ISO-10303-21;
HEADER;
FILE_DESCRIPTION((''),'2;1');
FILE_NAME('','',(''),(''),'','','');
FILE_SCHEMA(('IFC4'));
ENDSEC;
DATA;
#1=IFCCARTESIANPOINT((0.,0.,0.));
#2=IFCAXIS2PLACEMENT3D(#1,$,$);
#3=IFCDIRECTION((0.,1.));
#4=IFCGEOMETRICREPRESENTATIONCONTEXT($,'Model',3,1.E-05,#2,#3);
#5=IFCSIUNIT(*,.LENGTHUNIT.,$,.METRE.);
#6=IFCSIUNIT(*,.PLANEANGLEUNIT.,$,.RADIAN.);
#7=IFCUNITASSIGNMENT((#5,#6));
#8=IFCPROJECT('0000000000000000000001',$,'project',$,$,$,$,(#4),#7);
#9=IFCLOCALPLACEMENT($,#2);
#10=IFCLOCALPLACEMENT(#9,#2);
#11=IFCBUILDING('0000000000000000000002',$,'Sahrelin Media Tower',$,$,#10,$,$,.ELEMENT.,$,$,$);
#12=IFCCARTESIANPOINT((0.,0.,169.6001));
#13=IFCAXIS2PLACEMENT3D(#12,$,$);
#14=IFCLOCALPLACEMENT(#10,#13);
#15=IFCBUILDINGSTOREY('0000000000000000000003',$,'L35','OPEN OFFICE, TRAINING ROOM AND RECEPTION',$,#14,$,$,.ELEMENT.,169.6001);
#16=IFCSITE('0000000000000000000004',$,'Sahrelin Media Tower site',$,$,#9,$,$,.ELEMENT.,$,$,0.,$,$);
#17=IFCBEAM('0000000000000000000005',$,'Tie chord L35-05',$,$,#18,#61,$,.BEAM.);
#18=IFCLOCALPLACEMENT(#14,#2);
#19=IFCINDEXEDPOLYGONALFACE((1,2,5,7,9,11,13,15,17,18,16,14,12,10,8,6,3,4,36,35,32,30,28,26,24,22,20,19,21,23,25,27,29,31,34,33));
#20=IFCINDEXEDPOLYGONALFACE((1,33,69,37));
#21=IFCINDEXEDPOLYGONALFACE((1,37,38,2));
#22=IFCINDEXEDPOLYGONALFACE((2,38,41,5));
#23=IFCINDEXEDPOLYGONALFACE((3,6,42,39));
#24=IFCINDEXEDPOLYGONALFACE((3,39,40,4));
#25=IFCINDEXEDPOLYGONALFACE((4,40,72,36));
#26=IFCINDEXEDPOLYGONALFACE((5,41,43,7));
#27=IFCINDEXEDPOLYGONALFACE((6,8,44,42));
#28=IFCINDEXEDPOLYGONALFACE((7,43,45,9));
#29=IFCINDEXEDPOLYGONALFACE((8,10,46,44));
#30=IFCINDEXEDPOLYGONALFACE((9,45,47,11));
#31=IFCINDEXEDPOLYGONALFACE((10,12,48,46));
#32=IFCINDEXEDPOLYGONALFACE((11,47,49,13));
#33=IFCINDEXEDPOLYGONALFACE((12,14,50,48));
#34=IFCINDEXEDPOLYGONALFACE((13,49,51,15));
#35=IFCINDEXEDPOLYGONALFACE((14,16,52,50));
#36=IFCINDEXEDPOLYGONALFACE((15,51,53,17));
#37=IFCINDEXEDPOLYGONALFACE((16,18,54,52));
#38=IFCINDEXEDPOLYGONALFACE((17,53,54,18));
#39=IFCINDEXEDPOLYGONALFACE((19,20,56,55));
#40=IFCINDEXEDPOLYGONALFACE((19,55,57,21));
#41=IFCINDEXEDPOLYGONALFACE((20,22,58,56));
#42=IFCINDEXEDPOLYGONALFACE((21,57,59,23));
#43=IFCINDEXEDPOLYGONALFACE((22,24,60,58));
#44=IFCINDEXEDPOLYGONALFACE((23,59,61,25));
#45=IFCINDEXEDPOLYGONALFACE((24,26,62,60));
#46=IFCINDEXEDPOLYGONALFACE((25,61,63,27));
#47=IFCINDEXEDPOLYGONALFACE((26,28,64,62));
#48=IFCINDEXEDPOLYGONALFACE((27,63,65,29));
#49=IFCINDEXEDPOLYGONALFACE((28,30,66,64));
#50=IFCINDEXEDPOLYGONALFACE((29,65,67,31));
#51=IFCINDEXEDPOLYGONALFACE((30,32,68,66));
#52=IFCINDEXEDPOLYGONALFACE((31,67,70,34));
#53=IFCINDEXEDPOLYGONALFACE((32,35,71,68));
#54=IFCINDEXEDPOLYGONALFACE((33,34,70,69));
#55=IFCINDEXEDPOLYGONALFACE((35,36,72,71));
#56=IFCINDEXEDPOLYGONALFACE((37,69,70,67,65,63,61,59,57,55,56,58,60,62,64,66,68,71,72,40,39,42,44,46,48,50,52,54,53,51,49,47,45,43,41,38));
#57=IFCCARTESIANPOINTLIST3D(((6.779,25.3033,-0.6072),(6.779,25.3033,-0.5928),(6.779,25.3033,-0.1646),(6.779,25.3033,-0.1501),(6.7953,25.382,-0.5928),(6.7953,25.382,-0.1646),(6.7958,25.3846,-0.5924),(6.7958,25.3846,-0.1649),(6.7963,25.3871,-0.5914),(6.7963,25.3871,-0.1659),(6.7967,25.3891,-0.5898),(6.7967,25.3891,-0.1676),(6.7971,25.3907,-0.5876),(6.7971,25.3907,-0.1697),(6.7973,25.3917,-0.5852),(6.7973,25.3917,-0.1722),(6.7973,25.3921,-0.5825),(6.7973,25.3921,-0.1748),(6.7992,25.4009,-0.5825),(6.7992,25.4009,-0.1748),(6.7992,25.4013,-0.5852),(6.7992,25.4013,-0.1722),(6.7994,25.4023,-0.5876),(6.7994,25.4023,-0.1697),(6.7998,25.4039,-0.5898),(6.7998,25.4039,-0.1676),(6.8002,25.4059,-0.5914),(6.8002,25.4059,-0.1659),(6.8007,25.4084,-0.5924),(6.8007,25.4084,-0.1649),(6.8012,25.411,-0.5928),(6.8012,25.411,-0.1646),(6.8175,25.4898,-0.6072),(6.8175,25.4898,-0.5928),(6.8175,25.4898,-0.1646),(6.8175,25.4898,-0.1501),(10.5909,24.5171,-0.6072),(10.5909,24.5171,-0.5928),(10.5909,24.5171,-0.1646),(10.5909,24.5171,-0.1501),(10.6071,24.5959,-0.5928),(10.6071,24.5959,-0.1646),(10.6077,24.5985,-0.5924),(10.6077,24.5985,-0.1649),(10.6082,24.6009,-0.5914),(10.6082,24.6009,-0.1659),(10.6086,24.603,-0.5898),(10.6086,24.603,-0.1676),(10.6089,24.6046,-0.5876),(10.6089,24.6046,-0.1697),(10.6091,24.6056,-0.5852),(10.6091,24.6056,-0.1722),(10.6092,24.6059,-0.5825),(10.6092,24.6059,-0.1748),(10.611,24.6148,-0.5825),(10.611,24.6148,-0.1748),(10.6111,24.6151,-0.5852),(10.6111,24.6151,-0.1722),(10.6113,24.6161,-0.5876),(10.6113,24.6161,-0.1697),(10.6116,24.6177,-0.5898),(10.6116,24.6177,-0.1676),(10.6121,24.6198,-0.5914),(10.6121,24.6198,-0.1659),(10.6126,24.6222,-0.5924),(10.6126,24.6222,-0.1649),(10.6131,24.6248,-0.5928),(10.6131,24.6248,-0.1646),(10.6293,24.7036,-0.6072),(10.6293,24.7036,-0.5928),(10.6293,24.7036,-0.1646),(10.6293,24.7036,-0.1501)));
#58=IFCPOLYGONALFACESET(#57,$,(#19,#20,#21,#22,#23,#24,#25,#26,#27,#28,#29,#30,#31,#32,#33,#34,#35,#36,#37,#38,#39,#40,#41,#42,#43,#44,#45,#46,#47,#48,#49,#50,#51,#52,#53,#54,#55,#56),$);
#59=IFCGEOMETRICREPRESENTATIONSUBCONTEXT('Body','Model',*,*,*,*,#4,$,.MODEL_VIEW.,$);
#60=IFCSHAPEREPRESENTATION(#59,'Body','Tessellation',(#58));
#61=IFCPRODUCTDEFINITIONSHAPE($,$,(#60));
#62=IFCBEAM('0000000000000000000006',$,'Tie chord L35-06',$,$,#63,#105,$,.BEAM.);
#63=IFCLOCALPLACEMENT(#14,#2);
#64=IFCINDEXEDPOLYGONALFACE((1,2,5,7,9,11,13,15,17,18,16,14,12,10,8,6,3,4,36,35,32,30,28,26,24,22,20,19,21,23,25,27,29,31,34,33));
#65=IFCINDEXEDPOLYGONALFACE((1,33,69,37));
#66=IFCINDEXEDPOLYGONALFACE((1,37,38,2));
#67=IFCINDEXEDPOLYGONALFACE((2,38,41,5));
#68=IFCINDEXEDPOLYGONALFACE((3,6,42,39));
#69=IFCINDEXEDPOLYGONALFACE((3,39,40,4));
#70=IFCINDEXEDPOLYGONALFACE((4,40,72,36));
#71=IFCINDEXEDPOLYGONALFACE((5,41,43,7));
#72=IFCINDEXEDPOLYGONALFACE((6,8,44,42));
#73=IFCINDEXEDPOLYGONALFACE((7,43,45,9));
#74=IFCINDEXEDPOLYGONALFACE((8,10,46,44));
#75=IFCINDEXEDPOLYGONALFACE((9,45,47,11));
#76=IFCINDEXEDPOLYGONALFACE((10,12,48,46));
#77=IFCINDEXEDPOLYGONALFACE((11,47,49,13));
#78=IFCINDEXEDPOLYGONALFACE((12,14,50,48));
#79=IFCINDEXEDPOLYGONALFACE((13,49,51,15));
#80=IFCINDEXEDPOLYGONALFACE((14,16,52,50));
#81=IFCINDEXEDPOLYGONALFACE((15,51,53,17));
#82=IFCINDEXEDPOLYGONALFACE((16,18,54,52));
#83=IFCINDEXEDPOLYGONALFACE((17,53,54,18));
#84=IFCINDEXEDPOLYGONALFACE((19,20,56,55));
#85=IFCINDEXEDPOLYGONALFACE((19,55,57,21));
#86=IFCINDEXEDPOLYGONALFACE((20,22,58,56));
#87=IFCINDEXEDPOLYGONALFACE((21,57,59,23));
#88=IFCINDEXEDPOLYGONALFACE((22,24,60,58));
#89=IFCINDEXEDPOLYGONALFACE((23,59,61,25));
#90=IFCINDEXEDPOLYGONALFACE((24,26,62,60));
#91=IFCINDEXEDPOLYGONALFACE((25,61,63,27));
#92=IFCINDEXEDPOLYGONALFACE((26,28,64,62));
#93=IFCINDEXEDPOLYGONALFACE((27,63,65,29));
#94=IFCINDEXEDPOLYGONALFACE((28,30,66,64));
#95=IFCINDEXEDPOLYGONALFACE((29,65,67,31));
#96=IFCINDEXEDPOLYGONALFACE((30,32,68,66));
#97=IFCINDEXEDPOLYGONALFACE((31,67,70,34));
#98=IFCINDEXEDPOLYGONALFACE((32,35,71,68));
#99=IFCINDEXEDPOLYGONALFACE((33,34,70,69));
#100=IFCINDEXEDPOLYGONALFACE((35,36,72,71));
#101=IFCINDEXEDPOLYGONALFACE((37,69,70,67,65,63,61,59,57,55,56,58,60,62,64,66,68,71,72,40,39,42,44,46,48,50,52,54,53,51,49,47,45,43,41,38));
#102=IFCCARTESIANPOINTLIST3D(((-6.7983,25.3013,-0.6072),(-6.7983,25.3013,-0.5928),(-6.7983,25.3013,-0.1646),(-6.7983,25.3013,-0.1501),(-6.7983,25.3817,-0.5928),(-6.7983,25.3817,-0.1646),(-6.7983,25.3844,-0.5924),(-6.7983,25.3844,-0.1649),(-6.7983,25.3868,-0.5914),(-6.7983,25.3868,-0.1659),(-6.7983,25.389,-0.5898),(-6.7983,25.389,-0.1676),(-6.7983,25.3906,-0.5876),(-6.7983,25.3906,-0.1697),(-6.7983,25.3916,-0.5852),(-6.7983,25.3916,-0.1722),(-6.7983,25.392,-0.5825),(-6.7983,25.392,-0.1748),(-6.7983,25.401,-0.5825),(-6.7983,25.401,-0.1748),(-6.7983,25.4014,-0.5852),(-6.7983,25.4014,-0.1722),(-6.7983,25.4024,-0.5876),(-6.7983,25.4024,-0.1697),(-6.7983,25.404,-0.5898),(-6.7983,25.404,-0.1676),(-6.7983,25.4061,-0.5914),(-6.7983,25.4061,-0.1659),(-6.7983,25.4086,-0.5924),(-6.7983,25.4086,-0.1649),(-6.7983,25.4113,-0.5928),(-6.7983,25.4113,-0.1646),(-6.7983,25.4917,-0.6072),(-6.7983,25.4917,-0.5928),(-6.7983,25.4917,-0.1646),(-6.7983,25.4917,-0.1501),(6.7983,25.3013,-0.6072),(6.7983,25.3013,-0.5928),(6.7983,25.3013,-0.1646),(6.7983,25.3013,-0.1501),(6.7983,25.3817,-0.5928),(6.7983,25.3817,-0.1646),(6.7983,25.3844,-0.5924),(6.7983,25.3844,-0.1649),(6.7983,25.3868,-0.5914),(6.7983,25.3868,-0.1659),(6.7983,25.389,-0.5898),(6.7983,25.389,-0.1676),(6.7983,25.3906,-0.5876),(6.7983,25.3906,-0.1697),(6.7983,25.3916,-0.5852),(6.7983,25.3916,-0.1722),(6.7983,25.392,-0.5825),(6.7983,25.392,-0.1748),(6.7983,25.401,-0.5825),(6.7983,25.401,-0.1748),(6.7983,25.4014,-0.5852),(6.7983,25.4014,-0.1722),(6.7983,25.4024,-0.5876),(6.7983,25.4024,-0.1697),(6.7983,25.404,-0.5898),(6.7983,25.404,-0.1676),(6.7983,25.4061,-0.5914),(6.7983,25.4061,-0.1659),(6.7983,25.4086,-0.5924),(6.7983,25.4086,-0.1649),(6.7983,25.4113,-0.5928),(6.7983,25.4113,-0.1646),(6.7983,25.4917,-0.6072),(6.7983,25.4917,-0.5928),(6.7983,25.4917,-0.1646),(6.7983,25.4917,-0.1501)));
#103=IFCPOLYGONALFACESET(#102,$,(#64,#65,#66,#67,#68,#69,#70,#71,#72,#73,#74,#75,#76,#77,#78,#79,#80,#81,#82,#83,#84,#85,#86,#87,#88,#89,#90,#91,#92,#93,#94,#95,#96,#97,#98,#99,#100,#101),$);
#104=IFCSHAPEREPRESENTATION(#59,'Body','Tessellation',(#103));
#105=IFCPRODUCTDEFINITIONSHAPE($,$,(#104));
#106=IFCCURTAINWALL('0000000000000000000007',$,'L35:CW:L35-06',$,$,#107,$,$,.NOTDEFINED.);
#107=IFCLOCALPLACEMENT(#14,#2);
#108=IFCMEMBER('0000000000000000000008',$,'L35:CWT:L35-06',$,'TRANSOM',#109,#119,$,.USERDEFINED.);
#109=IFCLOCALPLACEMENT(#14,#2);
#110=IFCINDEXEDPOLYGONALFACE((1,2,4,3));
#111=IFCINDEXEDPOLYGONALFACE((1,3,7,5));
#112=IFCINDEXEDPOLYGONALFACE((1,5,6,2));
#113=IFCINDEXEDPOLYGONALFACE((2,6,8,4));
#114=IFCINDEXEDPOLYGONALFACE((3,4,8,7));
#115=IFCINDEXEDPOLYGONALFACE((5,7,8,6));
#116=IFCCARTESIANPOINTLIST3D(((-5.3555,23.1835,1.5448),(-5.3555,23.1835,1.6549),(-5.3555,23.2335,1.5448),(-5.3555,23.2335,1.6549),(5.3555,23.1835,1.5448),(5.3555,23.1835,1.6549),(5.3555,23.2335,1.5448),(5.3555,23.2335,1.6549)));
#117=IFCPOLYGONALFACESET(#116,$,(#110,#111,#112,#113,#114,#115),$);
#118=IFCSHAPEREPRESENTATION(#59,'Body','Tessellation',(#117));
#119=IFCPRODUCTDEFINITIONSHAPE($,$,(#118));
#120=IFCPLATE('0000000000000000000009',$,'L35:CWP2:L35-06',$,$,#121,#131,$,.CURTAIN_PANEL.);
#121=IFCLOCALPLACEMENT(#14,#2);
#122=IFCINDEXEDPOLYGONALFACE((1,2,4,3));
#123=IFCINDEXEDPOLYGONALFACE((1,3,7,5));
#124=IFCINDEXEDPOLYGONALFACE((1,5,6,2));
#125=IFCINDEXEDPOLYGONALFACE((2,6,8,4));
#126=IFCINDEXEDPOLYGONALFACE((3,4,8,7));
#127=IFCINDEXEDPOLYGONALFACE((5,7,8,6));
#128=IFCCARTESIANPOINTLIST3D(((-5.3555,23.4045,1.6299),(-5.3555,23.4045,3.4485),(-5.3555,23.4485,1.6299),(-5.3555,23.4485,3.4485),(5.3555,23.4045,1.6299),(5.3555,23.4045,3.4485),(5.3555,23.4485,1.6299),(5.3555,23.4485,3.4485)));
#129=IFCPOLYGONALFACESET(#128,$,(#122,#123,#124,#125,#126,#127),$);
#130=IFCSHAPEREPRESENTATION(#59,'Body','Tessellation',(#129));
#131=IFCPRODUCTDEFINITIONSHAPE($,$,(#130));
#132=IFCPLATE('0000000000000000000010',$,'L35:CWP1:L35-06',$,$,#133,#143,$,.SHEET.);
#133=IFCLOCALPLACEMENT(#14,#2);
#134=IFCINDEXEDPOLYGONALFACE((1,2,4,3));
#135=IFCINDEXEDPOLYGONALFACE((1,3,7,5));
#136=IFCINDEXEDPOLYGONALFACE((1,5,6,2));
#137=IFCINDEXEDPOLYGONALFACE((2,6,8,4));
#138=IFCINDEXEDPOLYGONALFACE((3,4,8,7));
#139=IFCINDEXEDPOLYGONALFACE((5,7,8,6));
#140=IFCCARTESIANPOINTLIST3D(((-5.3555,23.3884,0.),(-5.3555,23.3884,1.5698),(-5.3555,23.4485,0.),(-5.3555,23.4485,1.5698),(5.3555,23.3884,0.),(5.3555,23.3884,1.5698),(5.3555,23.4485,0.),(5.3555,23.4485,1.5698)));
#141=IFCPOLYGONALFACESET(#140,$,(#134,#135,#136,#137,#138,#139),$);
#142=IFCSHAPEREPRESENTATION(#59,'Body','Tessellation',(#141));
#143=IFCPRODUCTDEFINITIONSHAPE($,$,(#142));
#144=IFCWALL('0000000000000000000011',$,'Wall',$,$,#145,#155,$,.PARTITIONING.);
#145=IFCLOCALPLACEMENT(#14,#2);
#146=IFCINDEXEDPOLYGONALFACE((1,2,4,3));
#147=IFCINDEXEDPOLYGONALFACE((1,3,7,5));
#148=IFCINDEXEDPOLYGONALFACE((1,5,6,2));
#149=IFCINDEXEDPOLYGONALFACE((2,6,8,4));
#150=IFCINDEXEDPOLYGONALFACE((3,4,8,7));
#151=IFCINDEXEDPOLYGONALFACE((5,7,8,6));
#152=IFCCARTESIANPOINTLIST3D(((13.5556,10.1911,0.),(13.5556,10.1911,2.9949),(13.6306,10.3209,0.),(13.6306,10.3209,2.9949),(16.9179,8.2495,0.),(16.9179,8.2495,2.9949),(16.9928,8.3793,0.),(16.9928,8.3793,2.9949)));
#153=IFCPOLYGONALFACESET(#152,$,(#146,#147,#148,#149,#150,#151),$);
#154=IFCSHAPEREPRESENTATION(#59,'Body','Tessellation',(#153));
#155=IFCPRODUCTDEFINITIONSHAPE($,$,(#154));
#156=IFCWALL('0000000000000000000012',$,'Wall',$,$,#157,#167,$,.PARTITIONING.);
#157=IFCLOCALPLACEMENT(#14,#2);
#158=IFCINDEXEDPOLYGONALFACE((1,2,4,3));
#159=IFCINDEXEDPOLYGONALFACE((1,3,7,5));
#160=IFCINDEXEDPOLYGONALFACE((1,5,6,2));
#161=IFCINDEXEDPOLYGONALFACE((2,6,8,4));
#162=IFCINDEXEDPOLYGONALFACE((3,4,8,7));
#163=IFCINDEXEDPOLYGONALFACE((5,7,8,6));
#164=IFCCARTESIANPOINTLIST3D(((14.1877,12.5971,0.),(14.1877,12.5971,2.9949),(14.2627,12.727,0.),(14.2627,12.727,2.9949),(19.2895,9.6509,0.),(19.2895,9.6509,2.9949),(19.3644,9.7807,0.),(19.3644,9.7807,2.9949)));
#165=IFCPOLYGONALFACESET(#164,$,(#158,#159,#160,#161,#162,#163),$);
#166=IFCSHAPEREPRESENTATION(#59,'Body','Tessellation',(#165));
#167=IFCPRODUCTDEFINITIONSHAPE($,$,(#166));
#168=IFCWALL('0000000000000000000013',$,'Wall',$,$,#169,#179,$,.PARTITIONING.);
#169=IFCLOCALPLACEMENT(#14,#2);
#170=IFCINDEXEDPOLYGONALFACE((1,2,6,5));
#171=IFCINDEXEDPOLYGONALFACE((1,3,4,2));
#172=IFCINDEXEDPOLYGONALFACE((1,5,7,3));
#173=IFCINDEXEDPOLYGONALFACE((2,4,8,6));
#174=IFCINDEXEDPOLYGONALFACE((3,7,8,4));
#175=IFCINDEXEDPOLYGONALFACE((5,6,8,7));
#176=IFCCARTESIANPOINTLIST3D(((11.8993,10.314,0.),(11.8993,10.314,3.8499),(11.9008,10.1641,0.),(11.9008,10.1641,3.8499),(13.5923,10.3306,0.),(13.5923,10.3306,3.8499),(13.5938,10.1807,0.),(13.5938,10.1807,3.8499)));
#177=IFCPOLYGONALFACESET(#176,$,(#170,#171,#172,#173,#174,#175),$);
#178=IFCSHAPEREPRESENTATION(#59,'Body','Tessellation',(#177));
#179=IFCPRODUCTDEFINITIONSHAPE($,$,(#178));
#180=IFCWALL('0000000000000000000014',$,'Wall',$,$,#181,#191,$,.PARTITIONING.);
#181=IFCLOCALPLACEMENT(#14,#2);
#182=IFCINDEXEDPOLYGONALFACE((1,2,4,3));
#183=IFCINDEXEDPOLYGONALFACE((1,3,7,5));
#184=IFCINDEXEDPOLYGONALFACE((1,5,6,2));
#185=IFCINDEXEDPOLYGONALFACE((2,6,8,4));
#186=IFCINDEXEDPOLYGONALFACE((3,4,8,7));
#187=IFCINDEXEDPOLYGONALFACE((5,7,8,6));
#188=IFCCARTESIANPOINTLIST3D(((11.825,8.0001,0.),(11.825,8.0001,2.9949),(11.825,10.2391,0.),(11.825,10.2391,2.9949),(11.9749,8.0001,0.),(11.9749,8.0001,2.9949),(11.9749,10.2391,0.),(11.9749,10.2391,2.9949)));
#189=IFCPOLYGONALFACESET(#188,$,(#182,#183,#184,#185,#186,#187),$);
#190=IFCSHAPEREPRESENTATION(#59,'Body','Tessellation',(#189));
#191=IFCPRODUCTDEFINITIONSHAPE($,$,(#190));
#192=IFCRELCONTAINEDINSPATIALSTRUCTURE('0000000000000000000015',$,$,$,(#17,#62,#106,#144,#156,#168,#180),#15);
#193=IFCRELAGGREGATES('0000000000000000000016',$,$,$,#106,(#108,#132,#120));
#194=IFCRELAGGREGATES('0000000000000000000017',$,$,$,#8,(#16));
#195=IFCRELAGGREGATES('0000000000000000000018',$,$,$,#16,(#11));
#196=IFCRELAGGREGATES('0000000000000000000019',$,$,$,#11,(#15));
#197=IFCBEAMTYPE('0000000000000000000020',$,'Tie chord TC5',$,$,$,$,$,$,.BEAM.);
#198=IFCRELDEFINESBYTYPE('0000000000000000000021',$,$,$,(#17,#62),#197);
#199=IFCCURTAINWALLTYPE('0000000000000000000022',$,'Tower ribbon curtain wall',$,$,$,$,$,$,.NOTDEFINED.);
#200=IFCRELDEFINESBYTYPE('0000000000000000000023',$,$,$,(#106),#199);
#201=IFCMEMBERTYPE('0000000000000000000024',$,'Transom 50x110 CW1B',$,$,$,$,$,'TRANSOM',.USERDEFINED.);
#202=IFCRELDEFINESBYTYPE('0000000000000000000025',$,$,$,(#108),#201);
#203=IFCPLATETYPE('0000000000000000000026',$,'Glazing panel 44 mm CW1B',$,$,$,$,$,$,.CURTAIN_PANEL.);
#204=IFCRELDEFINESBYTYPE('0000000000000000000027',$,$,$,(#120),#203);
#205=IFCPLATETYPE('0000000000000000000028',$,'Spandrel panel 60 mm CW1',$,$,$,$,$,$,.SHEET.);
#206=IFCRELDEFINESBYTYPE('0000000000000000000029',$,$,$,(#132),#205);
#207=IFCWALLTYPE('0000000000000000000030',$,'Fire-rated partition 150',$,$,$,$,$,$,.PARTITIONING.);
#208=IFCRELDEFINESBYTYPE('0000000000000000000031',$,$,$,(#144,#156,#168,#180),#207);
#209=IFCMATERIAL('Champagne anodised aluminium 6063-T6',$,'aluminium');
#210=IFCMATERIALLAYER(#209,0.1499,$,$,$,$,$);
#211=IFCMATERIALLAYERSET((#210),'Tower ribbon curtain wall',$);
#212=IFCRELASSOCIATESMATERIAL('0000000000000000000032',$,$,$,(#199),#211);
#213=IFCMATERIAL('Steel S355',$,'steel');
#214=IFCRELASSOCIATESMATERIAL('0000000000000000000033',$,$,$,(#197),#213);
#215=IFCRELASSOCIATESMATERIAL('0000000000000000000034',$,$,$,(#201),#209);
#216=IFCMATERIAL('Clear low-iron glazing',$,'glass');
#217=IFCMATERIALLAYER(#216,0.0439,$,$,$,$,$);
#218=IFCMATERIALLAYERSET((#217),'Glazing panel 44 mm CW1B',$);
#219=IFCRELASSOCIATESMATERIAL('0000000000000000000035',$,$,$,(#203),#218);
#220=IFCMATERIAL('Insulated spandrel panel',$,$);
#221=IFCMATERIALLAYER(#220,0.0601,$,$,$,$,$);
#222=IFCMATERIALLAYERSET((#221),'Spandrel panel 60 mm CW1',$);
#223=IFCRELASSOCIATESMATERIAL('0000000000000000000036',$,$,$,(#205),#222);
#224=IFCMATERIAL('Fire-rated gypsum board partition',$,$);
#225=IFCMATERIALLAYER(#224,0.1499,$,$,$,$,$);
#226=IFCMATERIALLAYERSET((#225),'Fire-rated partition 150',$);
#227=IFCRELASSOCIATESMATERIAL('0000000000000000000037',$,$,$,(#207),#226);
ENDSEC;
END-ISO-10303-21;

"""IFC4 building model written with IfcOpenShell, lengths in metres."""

from ifc_helpers import new_model, si_unit, direction, frame, frame_2d, origin, origin_2d, place, context, subcontext, project, spatial, polyline, rectangle, i_section, outline, extrude, material, layer, layer_set, material_profile, profile_set, type_object, element, aggregate, save


model = new_model("IFC4")

# Units and contexts
model_context = context("Model", 3, precision=1e-05, world=origin(), true_north=direction((0.0, 1.0)))
body_context = subcontext(model_context, "Body", "Model", "MODEL_VIEW")
ifc_project = project(units=[si_unit("LENGTHUNIT", "METRE"), si_unit("PLANEANGLEUNIT", "RADIAN")], contexts=[model_context])

# Site, building, storey
site_placement = place(None, origin())
site = spatial("IfcSite", under=ifc_project, at=site_placement, Name="Sahrelin Media Tower site", CompositionType="ELEMENT", RefElevation=0.0)
building_placement = place(site_placement, origin())
building = spatial("IfcBuilding", under=site, at=building_placement, Name="Sahrelin Media Tower", CompositionType="ELEMENT")
storey_placement = place(building_placement, frame((0.0, 0.0, 169.6001)))
storey = spatial("IfcBuildingStorey", under=building, at=storey_placement, Name="L35", Description="OPEN OFFICE, TRAINING ROOM AND RECEPTION", CompositionType="ELEMENT", Elevation=169.6001)

# Shared definitions
ifc_material_1 = material(Name="Steel S355", Category="steel")

# Shared definitions
ifc_material_2 = material(Name="Champagne anodised aluminium 6063-T6", Category="aluminium")
ifc_layer_1 = layer(ifc_material_2, 0.1499)
ifc_layer_set_1 = layer_set([ifc_layer_1], Name="Tower ribbon curtain wall")
curtain_wall_type = type_object("IfcCurtainWallType", Name="Tower ribbon curtain wall", PredefinedType="NOTDEFINED", material=ifc_layer_set_1)

# Beams
ifc_material_profile_1 = material_profile(ifc_material_1, i_section(OverallWidth=0.1904, OverallDepth=0.457, WebThickness=0.009, FlangeThickness=0.0144, FilletRadius=0.0103, at=origin_2d()), Name="UB 457x191x74")
ifc_profile_set_1 = profile_set([ifc_material_profile_1], Name="Steel S355")
beam_type_1 = type_object("IfcBeamType", Name="Tie chord TC5", PredefinedType="BEAM", material=ifc_profile_set_1)
beam_1_placement = place(storey_placement, frame((10.6101, 24.6104, -0.3787), z_axis=(-0.979388, 0.201987, 0.0), x_axis=(-0.201987, -0.979388, 0.0)))
element("IfcBeam", 1, at=beam_1_placement, inside=storey, type_object=beam_type_1, Name="Tie chord L35-05", PredefinedType="BEAM", context=body_context, shape_type="SweptSolid", body=[
    extrude(i_section(OverallWidth=0.1904, OverallDepth=0.457, WebThickness=0.009, FlangeThickness=0.0144, FilletRadius=0.0103, at=origin_2d()), origin(), (0.0, 0.0, 1.0), 3.8921),
])
beam_2_placement = place(storey_placement, frame((6.7983, 25.3965, -0.3787), z_axis=(-1.0, 0.0, 0.0), x_axis=(0.0, -1.0, 0.0)))
element("IfcBeam", 2, at=beam_2_placement, inside=storey, type_object=beam_type_1, Name="Tie chord L35-06", PredefinedType="BEAM", context=body_context, shape_type="SweptSolid", body=[
    extrude(i_section(OverallWidth=0.1904, OverallDepth=0.457, WebThickness=0.009, FlangeThickness=0.0144, FilletRadius=0.0103, at=origin_2d()), origin(), (0.0, 0.0, 1.0), 13.5967),
])

# Curtain wall, member, plates
curtain_wall_1_placement = place(storey_placement, frame((0.0, 23.4285, 0.0), z_axis=(0.0, 0.0, 1.0), x_axis=(1.0, 0.0, 0.0)))
curtain_wall_1 = element("IfcCurtainWall", 3, at=curtain_wall_1_placement, inside=storey, type_object=curtain_wall_type, Name="L35:CW:L35-06", PredefinedType="NOTDEFINED")
ifc_material_profile_2 = material_profile(ifc_material_2, rectangle(XDim=0.05, YDim=0.1101, at=origin_2d()), Name="Transom 50x110")
ifc_profile_set_2 = profile_set([ifc_material_profile_2], Name="Champagne anodised aluminium 6063-T6")
member_type_1 = type_object("IfcMemberType", Name="Transom 50x110 CW1B", ElementType="TRANSOM", PredefinedType="USERDEFINED", material=ifc_profile_set_2)
member_1_placement = place(storey_placement, frame((5.3555, 23.2085, 1.5999), z_axis=(-1.0, 0.0, 0.0), x_axis=(0.0, -1.0, 0.0)))
member_1 = element("IfcMember", 4, at=member_1_placement, type_object=member_type_1, Name="L35:CWT:L35-06", ObjectType="TRANSOM", PredefinedType="USERDEFINED", context=body_context, shape_type="SweptSolid", body=[
    extrude(rectangle(XDim=0.05, YDim=0.1101, at=origin_2d()), origin(), (0.0, 0.0, 1.0), 10.7109),
])
ifc_material_3 = material(Name="Clear low-iron glazing", Category="glass")
ifc_layer_2 = layer(ifc_material_3, 0.0439)
ifc_layer_set_2 = layer_set([ifc_layer_2], Name="Glazing panel 44 mm CW1B")
plate_type_1 = type_object("IfcPlateType", Name="Glazing panel 44 mm CW1B", PredefinedType="CURTAIN_PANEL", material=ifc_layer_set_2)
plate_1_placement = place(storey_placement, frame((5.3555, 23.4485, 1.6299), z_axis=(0.0, 1.0, 0.0), x_axis=(-1.0, 0.0, 0.0)))
plate_1 = element("IfcPlate", 5, at=plate_1_placement, type_object=plate_type_1, Name="L35:CWP2:L35-06", PredefinedType="CURTAIN_PANEL", context=body_context, shape_type="SweptSolid", body=[
    extrude(outline(polyline([(0.0, 0.0), (10.7109, 0.0), (10.7109, 1.8186), (0.0, 1.8186), (0.0, 0.0)])), origin(), (0.0, 0.0, -1.0), 0.0439),
])
ifc_material_4 = material(Name="Insulated spandrel panel")
ifc_layer_3 = layer(ifc_material_4, 0.0601)
ifc_layer_set_3 = layer_set([ifc_layer_3], Name="Spandrel panel 60 mm CW1")
plate_type_2 = type_object("IfcPlateType", Name="Spandrel panel 60 mm CW1", PredefinedType="SHEET", material=ifc_layer_set_3)
plate_2_placement = place(storey_placement, frame((5.3555, 23.4485, 0.0), z_axis=(0.0, 1.0, 0.0), x_axis=(-1.0, 0.0, 0.0)))
plate_2 = element("IfcPlate", 6, at=plate_2_placement, type_object=plate_type_2, Name="L35:CWP1:L35-06", PredefinedType="SHEET", context=body_context, shape_type="SweptSolid", body=[
    extrude(outline(polyline([(0.0, 0.0), (10.7109, 0.0), (10.7109, 1.5698), (0.0, 1.5698), (0.0, 0.0)])), origin(), (0.0, 0.0, -1.0), 0.0601),
])
aggregate(curtain_wall_1, [member_1, plate_2, plate_1])

# Walls
ifc_material_5 = material(Name="Fire-rated gypsum board partition")
ifc_layer_4 = layer(ifc_material_5, 0.1499)
ifc_layer_set_4 = layer_set([ifc_layer_4], Name="Fire-rated partition 150")
wall_type_1 = type_object("IfcWallType", Name="Fire-rated partition 150", PredefinedType="PARTITIONING", material=ifc_layer_set_4)
wall_1_placement = place(storey_placement, frame((13.593, 10.2561, 0.0), z_axis=(0.0, 0.0, 1.0), x_axis=(0.865978, -0.500082, 0.0)))
element("IfcWall", 7, at=wall_1_placement, inside=storey, type_object=wall_type_1, Name="Wall", PredefinedType="PARTITIONING", context=body_context, shape_type="SweptSolid", body=[
    extrude(rectangle(XDim=3.8826, YDim=0.1499, at=frame_2d((1.9414, 0.0))), origin(), (0.0, 0.0, 1.0), 2.9949),
])
wall_2_placement = place(storey_placement, frame((14.2251, 12.6621, 0.0), z_axis=(0.0, 0.0, 1.0), x_axis=(0.86597, -0.500097, 0.0)))
element("IfcWall", 8, at=wall_2_placement, inside=storey, type_object=wall_type_1, Name="Wall", PredefinedType="PARTITIONING", context=body_context, shape_type="SweptSolid", body=[
    extrude(rectangle(XDim=5.8914, YDim=0.1499, at=frame_2d((2.9458, 0.0))), origin(), (0.0, 0.0, 1.0), 2.9949),
])
wall_3_placement = place(storey_placement, frame((11.8999, 10.239, 0.0), z_axis=(0.0, 0.0, 1.0), x_axis=(0.999952, 0.009805, 0.0)))
element("IfcWall", 9, at=wall_3_placement, inside=storey, type_object=wall_type_1, Name="Wall", PredefinedType="PARTITIONING", context=body_context, shape_type="SweptSolid", body=[
    extrude(rectangle(XDim=1.6931, YDim=0.1499, at=frame_2d((0.8467, 0.0))), origin(), (0.0, 0.0, 1.0), 3.8499),
])
wall_4_placement = place(storey_placement, frame((11.8999, 8.0, 0.0), z_axis=(0.0, 0.0, 1.0), x_axis=(0.0, 1.0, 0.0)))
element("IfcWall", 10, at=wall_4_placement, inside=storey, type_object=wall_type_1, Name="Wall", PredefinedType="PARTITIONING", context=body_context, shape_type="SweptSolid", body=[
    extrude(rectangle(XDim=2.239, YDim=0.1499, at=frame_2d((1.1196, 0.0))), origin(), (0.0, 0.0, 1.0), 2.9949),
])

save(model, "model.ifc")
